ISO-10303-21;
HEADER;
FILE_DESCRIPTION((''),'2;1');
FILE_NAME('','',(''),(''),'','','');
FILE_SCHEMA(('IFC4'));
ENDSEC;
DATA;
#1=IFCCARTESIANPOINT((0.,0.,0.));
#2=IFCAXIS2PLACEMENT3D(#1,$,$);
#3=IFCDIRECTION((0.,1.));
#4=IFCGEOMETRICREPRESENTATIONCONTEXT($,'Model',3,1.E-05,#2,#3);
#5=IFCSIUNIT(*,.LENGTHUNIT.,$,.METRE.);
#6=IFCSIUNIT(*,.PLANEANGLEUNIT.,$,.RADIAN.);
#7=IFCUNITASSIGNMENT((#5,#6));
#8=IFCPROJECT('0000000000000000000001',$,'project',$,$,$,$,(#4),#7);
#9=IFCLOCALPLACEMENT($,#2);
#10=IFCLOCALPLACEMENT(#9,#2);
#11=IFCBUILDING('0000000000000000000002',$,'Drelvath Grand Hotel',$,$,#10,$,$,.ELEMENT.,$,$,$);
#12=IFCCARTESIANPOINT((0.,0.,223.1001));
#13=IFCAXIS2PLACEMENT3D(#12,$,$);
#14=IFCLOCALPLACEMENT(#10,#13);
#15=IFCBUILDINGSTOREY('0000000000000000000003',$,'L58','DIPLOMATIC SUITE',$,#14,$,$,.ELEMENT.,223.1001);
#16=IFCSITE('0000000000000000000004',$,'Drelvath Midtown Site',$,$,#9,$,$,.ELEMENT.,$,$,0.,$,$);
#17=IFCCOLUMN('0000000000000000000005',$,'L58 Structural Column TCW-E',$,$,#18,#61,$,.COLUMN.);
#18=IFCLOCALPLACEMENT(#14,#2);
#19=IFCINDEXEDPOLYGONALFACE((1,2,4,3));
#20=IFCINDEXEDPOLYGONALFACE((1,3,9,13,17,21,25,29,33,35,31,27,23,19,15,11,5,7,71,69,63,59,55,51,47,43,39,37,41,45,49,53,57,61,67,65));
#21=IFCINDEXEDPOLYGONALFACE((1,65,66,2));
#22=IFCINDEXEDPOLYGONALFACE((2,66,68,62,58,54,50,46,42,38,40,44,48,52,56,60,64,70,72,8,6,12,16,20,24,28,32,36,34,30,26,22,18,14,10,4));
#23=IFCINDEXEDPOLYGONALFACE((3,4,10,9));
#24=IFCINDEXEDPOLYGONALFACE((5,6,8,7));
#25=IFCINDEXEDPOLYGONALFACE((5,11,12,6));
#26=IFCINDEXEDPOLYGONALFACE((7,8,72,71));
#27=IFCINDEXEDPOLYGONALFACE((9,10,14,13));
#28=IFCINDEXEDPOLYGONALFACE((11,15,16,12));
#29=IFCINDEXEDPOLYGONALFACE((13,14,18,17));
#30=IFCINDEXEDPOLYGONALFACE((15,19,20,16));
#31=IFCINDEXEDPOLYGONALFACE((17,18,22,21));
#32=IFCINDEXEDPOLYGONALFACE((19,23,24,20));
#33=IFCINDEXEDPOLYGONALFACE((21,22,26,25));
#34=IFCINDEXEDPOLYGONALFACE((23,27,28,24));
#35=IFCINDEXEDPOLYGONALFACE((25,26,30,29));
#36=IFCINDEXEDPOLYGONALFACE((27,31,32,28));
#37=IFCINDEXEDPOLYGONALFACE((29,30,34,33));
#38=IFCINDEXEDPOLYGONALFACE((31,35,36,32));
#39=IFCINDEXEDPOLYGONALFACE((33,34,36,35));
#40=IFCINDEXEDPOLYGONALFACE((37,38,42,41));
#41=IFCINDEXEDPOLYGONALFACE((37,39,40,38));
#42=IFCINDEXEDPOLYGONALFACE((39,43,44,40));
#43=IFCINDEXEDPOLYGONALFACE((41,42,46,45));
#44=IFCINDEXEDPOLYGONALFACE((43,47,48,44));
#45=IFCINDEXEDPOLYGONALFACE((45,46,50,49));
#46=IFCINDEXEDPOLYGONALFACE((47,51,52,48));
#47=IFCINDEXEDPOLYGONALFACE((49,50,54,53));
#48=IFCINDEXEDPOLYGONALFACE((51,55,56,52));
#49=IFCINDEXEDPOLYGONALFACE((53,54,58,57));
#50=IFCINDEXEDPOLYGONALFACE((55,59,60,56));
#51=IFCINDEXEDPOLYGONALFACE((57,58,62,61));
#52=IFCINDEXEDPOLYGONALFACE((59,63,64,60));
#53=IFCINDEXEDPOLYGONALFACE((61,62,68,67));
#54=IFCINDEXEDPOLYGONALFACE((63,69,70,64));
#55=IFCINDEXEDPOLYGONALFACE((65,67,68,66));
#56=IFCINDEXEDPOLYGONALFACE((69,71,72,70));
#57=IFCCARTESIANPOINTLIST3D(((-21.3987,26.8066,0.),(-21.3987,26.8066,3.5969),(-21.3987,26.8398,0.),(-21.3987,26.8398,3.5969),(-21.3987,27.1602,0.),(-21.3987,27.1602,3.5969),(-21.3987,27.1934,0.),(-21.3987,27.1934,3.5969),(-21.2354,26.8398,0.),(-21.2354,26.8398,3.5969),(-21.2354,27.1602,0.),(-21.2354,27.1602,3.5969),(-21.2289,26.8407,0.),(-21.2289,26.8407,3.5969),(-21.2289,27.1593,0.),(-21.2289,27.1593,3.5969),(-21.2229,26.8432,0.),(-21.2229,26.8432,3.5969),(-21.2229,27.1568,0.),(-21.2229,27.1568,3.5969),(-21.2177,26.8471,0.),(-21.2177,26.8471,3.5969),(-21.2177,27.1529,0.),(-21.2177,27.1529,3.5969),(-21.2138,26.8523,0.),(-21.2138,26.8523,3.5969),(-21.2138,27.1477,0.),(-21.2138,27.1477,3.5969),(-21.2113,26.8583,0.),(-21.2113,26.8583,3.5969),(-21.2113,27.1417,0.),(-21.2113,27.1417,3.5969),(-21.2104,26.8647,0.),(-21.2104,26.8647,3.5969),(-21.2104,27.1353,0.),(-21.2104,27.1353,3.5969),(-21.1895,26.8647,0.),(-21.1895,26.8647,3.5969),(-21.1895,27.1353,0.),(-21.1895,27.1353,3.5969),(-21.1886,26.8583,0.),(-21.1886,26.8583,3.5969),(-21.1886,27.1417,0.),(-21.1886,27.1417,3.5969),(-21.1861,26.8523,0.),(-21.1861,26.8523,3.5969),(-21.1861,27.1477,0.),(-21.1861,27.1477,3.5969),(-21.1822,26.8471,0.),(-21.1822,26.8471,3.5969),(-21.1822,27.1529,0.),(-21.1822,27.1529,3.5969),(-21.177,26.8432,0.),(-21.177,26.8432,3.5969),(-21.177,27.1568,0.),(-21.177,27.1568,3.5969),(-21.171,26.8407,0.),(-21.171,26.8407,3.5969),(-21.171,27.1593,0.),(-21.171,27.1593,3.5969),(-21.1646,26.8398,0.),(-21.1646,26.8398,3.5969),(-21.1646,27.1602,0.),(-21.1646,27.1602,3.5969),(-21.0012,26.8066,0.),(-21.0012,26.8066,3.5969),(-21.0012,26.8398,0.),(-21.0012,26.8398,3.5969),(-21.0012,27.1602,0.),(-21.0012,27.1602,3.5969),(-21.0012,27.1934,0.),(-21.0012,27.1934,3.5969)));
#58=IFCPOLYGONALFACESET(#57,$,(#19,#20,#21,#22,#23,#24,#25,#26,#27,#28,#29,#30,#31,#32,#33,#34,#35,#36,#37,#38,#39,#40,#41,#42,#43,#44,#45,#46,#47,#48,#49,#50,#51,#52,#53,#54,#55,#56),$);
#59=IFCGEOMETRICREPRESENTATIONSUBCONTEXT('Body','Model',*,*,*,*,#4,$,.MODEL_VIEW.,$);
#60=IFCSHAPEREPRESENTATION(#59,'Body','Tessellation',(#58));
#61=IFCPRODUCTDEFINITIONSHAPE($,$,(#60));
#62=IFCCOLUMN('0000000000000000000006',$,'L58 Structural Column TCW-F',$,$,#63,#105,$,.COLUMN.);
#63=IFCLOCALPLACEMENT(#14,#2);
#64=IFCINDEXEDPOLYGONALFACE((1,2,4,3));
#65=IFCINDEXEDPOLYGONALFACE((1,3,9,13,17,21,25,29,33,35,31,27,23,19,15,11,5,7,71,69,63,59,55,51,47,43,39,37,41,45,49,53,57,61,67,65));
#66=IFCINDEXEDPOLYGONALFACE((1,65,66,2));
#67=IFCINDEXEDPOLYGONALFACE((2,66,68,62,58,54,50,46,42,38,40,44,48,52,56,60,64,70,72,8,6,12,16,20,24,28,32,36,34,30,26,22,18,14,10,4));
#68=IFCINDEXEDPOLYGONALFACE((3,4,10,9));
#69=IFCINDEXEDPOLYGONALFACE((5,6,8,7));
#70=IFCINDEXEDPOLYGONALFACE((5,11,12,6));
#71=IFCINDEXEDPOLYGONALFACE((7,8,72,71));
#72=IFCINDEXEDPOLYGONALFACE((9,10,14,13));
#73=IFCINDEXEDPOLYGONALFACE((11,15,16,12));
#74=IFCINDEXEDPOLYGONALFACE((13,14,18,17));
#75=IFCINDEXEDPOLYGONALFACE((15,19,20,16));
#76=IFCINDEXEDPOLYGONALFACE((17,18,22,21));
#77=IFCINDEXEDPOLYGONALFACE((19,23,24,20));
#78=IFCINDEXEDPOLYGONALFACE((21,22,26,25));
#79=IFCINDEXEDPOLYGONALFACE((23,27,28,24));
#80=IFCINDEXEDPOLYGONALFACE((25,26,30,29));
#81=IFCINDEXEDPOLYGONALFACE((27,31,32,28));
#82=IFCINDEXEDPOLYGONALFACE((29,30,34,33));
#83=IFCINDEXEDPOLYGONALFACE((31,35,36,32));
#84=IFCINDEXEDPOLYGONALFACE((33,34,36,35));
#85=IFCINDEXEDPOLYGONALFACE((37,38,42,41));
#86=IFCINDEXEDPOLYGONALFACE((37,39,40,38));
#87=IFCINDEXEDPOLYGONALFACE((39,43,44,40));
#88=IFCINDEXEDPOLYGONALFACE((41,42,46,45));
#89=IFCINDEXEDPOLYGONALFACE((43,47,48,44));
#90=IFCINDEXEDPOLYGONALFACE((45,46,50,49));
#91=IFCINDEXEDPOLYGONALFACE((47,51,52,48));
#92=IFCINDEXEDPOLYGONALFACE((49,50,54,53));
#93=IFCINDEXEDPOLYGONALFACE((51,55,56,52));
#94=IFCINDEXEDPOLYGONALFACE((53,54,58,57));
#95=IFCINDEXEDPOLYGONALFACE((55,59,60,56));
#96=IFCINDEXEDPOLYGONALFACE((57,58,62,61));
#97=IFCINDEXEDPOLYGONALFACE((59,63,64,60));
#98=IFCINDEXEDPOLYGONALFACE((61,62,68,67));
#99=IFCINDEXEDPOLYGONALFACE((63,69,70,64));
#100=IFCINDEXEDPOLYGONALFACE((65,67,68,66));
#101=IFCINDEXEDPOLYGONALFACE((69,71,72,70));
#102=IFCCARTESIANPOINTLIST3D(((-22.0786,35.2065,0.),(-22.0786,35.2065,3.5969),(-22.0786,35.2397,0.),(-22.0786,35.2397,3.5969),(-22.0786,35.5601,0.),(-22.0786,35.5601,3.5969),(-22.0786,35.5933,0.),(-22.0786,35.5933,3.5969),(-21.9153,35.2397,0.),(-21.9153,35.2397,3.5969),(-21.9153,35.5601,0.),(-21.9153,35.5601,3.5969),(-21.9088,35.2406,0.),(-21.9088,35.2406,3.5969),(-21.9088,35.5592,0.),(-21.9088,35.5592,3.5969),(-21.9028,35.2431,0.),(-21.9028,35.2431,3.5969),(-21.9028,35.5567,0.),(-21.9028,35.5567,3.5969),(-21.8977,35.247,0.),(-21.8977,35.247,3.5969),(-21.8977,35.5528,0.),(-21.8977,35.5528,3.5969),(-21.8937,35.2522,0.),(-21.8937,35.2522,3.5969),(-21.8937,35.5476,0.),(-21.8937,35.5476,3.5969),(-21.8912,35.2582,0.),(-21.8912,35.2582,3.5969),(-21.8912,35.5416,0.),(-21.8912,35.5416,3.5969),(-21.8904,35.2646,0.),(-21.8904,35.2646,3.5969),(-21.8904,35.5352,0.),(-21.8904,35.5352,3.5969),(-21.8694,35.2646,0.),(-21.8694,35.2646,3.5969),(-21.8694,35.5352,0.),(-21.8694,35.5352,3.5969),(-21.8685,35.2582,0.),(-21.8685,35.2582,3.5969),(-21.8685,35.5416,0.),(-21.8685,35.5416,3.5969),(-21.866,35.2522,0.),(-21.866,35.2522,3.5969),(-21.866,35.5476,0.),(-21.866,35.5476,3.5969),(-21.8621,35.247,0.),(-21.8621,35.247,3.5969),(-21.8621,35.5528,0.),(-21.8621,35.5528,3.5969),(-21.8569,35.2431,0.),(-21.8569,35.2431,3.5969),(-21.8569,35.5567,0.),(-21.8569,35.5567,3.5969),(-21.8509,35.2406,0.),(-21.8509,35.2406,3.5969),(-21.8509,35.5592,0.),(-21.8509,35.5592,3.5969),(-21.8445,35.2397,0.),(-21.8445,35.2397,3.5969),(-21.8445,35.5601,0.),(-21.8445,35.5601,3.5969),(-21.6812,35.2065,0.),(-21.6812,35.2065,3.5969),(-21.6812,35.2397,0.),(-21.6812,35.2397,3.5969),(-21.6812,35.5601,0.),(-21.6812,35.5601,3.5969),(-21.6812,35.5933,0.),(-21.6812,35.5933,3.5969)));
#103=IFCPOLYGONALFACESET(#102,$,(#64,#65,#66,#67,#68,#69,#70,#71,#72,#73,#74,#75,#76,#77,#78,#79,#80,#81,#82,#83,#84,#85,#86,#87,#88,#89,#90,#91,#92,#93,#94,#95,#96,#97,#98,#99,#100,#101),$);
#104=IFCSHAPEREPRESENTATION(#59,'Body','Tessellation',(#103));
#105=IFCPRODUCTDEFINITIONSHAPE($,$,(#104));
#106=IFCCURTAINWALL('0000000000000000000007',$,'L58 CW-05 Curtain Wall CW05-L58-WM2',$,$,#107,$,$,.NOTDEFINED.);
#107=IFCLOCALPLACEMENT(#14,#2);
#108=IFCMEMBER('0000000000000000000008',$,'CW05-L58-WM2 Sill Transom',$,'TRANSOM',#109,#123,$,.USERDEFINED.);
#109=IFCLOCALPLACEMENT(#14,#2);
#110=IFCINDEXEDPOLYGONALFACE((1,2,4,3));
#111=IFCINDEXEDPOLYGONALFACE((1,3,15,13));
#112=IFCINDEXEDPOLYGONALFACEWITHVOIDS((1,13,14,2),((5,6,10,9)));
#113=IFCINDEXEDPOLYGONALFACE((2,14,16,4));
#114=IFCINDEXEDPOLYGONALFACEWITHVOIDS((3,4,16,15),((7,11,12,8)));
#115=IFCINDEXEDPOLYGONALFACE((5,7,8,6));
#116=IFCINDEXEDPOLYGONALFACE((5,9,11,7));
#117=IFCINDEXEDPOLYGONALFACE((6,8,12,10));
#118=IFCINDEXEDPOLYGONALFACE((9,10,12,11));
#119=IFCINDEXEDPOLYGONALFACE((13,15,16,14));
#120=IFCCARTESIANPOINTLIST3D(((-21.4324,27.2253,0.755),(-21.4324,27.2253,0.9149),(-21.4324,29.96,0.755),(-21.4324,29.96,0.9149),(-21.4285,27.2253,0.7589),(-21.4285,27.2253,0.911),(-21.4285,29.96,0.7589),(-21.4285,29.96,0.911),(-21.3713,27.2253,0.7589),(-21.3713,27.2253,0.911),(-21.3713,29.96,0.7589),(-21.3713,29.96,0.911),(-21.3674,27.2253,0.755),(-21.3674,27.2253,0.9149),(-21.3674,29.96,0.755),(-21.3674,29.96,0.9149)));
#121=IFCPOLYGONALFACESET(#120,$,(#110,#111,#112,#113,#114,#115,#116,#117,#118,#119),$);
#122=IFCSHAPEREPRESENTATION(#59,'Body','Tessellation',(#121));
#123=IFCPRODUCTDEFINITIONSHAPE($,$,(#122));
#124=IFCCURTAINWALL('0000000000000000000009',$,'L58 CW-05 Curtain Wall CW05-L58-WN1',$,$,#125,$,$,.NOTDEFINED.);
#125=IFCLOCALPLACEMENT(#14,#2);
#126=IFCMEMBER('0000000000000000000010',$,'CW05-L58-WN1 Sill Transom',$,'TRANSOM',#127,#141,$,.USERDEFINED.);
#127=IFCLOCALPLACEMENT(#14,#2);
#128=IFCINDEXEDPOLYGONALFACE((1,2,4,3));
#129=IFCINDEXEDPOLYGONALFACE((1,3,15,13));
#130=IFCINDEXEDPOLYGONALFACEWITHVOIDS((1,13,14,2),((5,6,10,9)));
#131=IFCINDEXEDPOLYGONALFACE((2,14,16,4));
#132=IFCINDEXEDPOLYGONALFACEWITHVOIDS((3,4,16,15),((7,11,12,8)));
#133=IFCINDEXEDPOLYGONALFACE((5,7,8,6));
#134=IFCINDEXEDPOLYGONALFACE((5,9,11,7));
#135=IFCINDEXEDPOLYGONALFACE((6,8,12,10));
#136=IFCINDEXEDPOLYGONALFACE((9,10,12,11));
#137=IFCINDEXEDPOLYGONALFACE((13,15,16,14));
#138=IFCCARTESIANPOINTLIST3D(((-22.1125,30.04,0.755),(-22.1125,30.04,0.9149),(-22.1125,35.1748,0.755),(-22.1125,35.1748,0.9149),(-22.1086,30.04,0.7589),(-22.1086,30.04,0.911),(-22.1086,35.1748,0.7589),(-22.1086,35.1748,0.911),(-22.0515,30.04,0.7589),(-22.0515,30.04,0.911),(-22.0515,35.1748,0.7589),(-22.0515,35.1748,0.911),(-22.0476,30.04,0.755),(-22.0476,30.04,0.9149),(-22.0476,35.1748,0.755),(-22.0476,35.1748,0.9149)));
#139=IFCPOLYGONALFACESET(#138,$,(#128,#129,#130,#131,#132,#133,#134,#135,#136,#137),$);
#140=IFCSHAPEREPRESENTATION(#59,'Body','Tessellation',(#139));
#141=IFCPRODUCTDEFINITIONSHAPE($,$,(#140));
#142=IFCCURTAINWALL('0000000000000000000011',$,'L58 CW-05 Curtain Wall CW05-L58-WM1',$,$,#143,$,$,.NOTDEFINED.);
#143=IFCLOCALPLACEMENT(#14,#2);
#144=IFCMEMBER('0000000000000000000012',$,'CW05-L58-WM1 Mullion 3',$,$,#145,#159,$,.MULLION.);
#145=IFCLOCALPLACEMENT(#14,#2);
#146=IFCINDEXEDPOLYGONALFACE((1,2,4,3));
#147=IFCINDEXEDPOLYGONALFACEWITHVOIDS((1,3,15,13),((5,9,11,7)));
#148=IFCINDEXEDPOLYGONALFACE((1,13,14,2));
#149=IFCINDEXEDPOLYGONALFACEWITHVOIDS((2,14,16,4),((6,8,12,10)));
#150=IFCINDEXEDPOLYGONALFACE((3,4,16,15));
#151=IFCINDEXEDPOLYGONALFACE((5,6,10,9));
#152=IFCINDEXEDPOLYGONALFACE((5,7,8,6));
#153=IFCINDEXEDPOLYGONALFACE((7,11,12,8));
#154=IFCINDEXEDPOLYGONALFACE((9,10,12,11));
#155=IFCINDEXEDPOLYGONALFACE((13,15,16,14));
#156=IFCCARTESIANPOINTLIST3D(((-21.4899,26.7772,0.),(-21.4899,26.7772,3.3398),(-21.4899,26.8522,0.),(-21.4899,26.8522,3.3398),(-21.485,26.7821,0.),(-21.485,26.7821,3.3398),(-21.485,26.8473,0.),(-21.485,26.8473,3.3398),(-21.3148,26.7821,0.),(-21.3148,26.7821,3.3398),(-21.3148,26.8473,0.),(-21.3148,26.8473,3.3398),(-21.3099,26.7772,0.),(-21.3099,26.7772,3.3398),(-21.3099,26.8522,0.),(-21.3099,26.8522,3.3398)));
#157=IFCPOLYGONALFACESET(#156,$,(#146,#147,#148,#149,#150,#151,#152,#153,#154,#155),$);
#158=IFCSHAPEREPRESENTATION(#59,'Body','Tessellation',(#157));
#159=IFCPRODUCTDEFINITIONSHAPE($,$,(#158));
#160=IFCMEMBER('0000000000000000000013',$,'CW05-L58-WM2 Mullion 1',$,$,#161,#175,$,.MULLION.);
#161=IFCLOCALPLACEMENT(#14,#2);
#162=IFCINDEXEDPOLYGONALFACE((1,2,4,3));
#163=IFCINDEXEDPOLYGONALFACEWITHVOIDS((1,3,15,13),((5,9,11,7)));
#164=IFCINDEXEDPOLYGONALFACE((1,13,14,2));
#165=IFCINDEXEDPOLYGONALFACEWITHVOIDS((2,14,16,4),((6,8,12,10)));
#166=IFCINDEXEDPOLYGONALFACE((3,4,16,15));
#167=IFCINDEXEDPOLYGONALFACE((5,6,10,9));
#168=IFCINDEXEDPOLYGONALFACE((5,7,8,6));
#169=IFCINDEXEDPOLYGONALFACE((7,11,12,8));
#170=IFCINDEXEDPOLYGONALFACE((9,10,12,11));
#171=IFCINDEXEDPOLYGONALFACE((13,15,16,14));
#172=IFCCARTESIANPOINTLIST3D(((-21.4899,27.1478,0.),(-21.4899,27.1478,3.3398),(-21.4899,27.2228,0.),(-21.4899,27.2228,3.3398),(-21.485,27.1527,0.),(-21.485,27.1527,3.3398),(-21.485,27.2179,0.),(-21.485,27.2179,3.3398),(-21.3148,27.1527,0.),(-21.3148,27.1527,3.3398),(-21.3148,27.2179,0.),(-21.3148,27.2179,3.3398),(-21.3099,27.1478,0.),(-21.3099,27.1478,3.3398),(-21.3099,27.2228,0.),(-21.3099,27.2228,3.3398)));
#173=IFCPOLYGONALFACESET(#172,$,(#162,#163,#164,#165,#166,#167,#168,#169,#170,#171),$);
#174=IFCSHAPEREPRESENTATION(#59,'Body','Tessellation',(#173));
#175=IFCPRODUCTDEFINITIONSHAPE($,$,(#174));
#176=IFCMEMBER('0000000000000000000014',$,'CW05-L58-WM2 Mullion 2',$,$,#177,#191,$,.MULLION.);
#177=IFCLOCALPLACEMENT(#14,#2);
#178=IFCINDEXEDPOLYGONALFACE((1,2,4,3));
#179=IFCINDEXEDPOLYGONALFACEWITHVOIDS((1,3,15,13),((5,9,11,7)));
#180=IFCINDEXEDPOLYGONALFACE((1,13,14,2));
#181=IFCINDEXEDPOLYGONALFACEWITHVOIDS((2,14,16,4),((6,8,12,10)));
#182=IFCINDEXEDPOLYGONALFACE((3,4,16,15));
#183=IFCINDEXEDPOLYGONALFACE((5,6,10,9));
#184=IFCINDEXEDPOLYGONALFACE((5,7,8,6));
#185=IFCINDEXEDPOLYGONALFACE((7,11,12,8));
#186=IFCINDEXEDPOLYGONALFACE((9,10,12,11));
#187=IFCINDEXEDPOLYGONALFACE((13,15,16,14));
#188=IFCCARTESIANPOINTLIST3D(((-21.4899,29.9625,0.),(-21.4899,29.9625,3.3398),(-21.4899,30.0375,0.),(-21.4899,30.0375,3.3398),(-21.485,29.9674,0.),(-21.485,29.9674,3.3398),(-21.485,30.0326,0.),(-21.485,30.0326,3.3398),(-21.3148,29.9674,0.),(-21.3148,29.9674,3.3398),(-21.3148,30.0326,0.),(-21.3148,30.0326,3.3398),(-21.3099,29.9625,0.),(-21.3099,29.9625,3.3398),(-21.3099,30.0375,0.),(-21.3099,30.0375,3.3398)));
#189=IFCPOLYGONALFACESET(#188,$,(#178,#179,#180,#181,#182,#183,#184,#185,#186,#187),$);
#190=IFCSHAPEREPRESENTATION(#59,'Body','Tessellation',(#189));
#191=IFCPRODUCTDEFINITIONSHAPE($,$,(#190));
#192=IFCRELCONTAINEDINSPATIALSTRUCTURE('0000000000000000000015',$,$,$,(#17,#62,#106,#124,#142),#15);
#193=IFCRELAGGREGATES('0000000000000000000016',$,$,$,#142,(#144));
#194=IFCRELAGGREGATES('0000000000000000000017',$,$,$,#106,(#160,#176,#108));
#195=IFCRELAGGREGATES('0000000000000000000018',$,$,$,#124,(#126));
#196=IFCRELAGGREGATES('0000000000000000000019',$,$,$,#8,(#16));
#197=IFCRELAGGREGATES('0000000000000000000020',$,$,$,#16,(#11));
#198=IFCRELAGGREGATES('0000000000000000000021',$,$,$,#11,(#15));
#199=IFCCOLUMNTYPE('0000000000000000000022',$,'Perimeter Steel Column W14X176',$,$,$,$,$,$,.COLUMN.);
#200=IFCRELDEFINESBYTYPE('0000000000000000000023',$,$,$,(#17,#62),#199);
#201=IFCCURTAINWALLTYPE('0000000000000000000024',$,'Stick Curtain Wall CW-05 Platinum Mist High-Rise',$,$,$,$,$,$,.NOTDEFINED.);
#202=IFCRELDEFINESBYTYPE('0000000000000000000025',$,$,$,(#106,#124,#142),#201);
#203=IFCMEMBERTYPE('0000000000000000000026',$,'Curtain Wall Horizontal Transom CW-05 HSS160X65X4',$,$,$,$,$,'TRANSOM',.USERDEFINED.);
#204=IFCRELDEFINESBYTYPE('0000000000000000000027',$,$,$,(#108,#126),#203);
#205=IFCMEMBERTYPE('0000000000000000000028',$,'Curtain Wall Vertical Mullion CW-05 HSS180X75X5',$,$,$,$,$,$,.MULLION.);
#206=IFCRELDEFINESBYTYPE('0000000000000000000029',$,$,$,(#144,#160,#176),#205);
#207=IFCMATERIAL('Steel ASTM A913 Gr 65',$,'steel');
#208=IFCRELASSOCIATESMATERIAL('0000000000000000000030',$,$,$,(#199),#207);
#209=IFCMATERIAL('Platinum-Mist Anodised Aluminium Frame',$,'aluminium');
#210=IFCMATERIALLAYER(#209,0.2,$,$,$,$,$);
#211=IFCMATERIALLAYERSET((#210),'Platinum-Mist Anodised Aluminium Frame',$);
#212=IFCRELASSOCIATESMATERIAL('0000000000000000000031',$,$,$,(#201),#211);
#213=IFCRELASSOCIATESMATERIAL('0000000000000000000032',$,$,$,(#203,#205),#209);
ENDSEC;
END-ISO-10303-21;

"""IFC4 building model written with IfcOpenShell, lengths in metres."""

from ifc_helpers import new_model, si_unit, direction, frame, origin, origin_2d, place, context, subcontext, project, spatial, hollow_rectangle, i_section, extrude, material, layer, layer_set, material_profile, profile_set, type_object, element, aggregate, save


model = new_model("IFC4")

# Units and contexts
model_context = context("Model", 3, precision=1e-05, world=origin(), true_north=direction((0.0, 1.0)))
body_context = subcontext(model_context, "Body", "Model", "MODEL_VIEW")
ifc_project = project(units=[si_unit("LENGTHUNIT", "METRE"), si_unit("PLANEANGLEUNIT", "RADIAN")], contexts=[model_context])

# Site, building, storey
site_placement = place(None, origin())
site = spatial("IfcSite", under=ifc_project, at=site_placement, Name="Drelvath Midtown Site", CompositionType="ELEMENT", RefElevation=0.0)
building_placement = place(site_placement, origin())
building = spatial("IfcBuilding", under=site, at=building_placement, Name="Drelvath Grand Hotel", CompositionType="ELEMENT")
storey_placement = place(building_placement, frame((0.0, 0.0, 223.1001)))
storey = spatial("IfcBuildingStorey", under=building, at=storey_placement, Name="L58", Description="DIPLOMATIC SUITE", CompositionType="ELEMENT", Elevation=223.1001)

# Columns
ifc_material_1 = material(Name="Steel ASTM A913 Gr 65", Category="steel")
ifc_material_profile_1 = material_profile(ifc_material_1, i_section(OverallWidth=0.3975, OverallDepth=0.3867, WebThickness=0.021, FlangeThickness=0.0332, FilletRadius=0.0249, at=origin_2d()), Name="W14X176")
ifc_profile_set_1 = profile_set([ifc_material_profile_1], Name="Steel ASTM A913 Gr 65")
column_type = type_object("IfcColumnType", Name="Perimeter Steel Column W14X176", PredefinedType="COLUMN", material=ifc_profile_set_1)
for number, where, z_axis, x_axis, name in (
    (1, (-21.2, 27.0, 0.0), (0.0, 0.0, 1.0), (1.0, 0.0, 0.0), "L58 Structural Column TCW-E"),
    (2, (-21.8799, 35.3999, 0.0), (0.0, 0.0, 1.0), (1.0, 0.0, 0.0), "L58 Structural Column TCW-F"),
):
    element("IfcColumn", number, at=place(storey_placement, frame(where, z_axis=z_axis, x_axis=x_axis)), inside=storey, type_object=column_type, Name=name, PredefinedType="COLUMN", context=body_context, shape_type="SweptSolid", body=[
        extrude(i_section(OverallWidth=0.3975, OverallDepth=0.3867, WebThickness=0.021, FlangeThickness=0.0332, FilletRadius=0.0249, at=origin_2d()), origin(), (0.0, 0.0, 1.0), 3.5969),
    ])

# Curtain walls, members
ifc_material_2 = material(Name="Platinum-Mist Anodised Aluminium Frame", Category="aluminium")
ifc_layer_1 = layer(ifc_material_2, 0.2)
ifc_layer_set_1 = layer_set([ifc_layer_1], Name="Platinum-Mist Anodised Aluminium Frame")
curtain_wall_type = type_object("IfcCurtainWallType", Name="Stick Curtain Wall CW-05 Platinum Mist High-Rise", PredefinedType="NOTDEFINED", material=ifc_layer_set_1)
curtain_wall_1_placement = place(storey_placement, origin())
curtain_wall_1 = element("IfcCurtainWall", 3, at=curtain_wall_1_placement, inside=storey, type_object=curtain_wall_type, Name="L58 CW-05 Curtain Wall CW05-L58-WM2", PredefinedType="NOTDEFINED")
ifc_material_profile_2 = material_profile(ifc_material_2, hollow_rectangle(XDim=0.0649, YDim=0.1599, WallThickness=0.0039, at=origin_2d()), Name="HSS160X65X4")
ifc_profile_set_2 = profile_set([ifc_material_profile_2], Name="Platinum-Mist Anodised Aluminium Frame")
member_type_1 = type_object("IfcMemberType", Name="Curtain Wall Horizontal Transom CW-05 HSS160X65X4", ElementType="TRANSOM", PredefinedType="USERDEFINED", material=ifc_profile_set_2)
member_1_placement = place(storey_placement, frame((-21.3999, 27.2253, 0.835), z_axis=(0.0, 1.0, 0.0), x_axis=(-1.0, 0.0, 0.0)))
member_1 = element("IfcMember", 4, at=member_1_placement, type_object=member_type_1, Name="CW05-L58-WM2 Sill Transom", ObjectType="TRANSOM", PredefinedType="USERDEFINED", context=body_context, shape_type="SweptSolid", body=[
    extrude(hollow_rectangle(XDim=0.0649, YDim=0.1599, WallThickness=0.0039, at=origin_2d()), origin(), (0.0, 0.0, 1.0), 2.7346),
])
curtain_wall_2_placement = place(storey_placement, origin())
curtain_wall_2 = element("IfcCurtainWall", 5, at=curtain_wall_2_placement, inside=storey, type_object=curtain_wall_type, Name="L58 CW-05 Curtain Wall CW05-L58-WN1", PredefinedType="NOTDEFINED")
member_2_placement = place(storey_placement, frame((-22.0801, 30.04, 0.835), z_axis=(0.0, 1.0, 0.0), x_axis=(-1.0, 0.0, 0.0)))
member_2 = element("IfcMember", 6, at=member_2_placement, type_object=member_type_1, Name="CW05-L58-WN1 Sill Transom", ObjectType="TRANSOM", PredefinedType="USERDEFINED", context=body_context, shape_type="SweptSolid", body=[
    extrude(hollow_rectangle(XDim=0.0649, YDim=0.1599, WallThickness=0.0039, at=origin_2d()), origin(), (0.0, 0.0, 1.0), 5.1348),
])
curtain_wall_3_placement = place(storey_placement, origin())
curtain_wall_3 = element("IfcCurtainWall", 7, at=curtain_wall_3_placement, inside=storey, type_object=curtain_wall_type, Name="L58 CW-05 Curtain Wall CW05-L58-WM1", PredefinedType="NOTDEFINED")
ifc_material_profile_3 = material_profile(ifc_material_2, hollow_rectangle(XDim=0.075, YDim=0.1799, WallThickness=0.0049, at=origin_2d()), Name="HSS180X75X5")
ifc_profile_set_3 = profile_set([ifc_material_profile_3], Name="Platinum-Mist Anodised Aluminium Frame")
member_type_2 = type_object("IfcMemberType", Name="Curtain Wall Vertical Mullion CW-05 HSS180X75X5", PredefinedType="MULLION", material=ifc_profile_set_3)
member_3_placement = place(storey_placement, frame((-21.3999, 26.8147, 0.0), z_axis=(0.0, 0.0, 1.0), x_axis=(0.0, 1.0, 0.0)))
member_3 = element("IfcMember", 8, at=member_3_placement, type_object=member_type_2, Name="CW05-L58-WM1 Mullion 3", PredefinedType="MULLION", context=body_context, shape_type="SweptSolid", body=[
    extrude(hollow_rectangle(XDim=0.075, YDim=0.1799, WallThickness=0.0049, at=origin_2d()), origin(), (0.0, 0.0, 1.0), 3.3398),
])
aggregate(curtain_wall_3, [member_3])

# Members
member_4_placement = place(storey_placement, frame((-21.3999, 27.1853, 0.0), z_axis=(0.0, 0.0, 1.0), x_axis=(0.0, 1.0, 0.0)))
member_4 = element("IfcMember", 9, at=member_4_placement, type_object=member_type_2, Name="CW05-L58-WM2 Mullion 1", PredefinedType="MULLION", context=body_context, shape_type="SweptSolid", body=[
    extrude(hollow_rectangle(XDim=0.075, YDim=0.1799, WallThickness=0.0049, at=origin_2d()), origin(), (0.0, 0.0, 1.0), 3.3398),
])
member_5_placement = place(storey_placement, frame((-21.3999, 30.0, 0.0), z_axis=(0.0, 0.0, 1.0), x_axis=(0.0, 1.0, 0.0)))
member_5 = element("IfcMember", 10, at=member_5_placement, type_object=member_type_2, Name="CW05-L58-WM2 Mullion 2", PredefinedType="MULLION", context=body_context, shape_type="SweptSolid", body=[
    extrude(hollow_rectangle(XDim=0.075, YDim=0.1799, WallThickness=0.0049, at=origin_2d()), origin(), (0.0, 0.0, 1.0), 3.3398),
])

aggregate(curtain_wall_1, [member_4, member_5, member_1])
aggregate(curtain_wall_2, [member_2])

save(model, "model.ifc")
